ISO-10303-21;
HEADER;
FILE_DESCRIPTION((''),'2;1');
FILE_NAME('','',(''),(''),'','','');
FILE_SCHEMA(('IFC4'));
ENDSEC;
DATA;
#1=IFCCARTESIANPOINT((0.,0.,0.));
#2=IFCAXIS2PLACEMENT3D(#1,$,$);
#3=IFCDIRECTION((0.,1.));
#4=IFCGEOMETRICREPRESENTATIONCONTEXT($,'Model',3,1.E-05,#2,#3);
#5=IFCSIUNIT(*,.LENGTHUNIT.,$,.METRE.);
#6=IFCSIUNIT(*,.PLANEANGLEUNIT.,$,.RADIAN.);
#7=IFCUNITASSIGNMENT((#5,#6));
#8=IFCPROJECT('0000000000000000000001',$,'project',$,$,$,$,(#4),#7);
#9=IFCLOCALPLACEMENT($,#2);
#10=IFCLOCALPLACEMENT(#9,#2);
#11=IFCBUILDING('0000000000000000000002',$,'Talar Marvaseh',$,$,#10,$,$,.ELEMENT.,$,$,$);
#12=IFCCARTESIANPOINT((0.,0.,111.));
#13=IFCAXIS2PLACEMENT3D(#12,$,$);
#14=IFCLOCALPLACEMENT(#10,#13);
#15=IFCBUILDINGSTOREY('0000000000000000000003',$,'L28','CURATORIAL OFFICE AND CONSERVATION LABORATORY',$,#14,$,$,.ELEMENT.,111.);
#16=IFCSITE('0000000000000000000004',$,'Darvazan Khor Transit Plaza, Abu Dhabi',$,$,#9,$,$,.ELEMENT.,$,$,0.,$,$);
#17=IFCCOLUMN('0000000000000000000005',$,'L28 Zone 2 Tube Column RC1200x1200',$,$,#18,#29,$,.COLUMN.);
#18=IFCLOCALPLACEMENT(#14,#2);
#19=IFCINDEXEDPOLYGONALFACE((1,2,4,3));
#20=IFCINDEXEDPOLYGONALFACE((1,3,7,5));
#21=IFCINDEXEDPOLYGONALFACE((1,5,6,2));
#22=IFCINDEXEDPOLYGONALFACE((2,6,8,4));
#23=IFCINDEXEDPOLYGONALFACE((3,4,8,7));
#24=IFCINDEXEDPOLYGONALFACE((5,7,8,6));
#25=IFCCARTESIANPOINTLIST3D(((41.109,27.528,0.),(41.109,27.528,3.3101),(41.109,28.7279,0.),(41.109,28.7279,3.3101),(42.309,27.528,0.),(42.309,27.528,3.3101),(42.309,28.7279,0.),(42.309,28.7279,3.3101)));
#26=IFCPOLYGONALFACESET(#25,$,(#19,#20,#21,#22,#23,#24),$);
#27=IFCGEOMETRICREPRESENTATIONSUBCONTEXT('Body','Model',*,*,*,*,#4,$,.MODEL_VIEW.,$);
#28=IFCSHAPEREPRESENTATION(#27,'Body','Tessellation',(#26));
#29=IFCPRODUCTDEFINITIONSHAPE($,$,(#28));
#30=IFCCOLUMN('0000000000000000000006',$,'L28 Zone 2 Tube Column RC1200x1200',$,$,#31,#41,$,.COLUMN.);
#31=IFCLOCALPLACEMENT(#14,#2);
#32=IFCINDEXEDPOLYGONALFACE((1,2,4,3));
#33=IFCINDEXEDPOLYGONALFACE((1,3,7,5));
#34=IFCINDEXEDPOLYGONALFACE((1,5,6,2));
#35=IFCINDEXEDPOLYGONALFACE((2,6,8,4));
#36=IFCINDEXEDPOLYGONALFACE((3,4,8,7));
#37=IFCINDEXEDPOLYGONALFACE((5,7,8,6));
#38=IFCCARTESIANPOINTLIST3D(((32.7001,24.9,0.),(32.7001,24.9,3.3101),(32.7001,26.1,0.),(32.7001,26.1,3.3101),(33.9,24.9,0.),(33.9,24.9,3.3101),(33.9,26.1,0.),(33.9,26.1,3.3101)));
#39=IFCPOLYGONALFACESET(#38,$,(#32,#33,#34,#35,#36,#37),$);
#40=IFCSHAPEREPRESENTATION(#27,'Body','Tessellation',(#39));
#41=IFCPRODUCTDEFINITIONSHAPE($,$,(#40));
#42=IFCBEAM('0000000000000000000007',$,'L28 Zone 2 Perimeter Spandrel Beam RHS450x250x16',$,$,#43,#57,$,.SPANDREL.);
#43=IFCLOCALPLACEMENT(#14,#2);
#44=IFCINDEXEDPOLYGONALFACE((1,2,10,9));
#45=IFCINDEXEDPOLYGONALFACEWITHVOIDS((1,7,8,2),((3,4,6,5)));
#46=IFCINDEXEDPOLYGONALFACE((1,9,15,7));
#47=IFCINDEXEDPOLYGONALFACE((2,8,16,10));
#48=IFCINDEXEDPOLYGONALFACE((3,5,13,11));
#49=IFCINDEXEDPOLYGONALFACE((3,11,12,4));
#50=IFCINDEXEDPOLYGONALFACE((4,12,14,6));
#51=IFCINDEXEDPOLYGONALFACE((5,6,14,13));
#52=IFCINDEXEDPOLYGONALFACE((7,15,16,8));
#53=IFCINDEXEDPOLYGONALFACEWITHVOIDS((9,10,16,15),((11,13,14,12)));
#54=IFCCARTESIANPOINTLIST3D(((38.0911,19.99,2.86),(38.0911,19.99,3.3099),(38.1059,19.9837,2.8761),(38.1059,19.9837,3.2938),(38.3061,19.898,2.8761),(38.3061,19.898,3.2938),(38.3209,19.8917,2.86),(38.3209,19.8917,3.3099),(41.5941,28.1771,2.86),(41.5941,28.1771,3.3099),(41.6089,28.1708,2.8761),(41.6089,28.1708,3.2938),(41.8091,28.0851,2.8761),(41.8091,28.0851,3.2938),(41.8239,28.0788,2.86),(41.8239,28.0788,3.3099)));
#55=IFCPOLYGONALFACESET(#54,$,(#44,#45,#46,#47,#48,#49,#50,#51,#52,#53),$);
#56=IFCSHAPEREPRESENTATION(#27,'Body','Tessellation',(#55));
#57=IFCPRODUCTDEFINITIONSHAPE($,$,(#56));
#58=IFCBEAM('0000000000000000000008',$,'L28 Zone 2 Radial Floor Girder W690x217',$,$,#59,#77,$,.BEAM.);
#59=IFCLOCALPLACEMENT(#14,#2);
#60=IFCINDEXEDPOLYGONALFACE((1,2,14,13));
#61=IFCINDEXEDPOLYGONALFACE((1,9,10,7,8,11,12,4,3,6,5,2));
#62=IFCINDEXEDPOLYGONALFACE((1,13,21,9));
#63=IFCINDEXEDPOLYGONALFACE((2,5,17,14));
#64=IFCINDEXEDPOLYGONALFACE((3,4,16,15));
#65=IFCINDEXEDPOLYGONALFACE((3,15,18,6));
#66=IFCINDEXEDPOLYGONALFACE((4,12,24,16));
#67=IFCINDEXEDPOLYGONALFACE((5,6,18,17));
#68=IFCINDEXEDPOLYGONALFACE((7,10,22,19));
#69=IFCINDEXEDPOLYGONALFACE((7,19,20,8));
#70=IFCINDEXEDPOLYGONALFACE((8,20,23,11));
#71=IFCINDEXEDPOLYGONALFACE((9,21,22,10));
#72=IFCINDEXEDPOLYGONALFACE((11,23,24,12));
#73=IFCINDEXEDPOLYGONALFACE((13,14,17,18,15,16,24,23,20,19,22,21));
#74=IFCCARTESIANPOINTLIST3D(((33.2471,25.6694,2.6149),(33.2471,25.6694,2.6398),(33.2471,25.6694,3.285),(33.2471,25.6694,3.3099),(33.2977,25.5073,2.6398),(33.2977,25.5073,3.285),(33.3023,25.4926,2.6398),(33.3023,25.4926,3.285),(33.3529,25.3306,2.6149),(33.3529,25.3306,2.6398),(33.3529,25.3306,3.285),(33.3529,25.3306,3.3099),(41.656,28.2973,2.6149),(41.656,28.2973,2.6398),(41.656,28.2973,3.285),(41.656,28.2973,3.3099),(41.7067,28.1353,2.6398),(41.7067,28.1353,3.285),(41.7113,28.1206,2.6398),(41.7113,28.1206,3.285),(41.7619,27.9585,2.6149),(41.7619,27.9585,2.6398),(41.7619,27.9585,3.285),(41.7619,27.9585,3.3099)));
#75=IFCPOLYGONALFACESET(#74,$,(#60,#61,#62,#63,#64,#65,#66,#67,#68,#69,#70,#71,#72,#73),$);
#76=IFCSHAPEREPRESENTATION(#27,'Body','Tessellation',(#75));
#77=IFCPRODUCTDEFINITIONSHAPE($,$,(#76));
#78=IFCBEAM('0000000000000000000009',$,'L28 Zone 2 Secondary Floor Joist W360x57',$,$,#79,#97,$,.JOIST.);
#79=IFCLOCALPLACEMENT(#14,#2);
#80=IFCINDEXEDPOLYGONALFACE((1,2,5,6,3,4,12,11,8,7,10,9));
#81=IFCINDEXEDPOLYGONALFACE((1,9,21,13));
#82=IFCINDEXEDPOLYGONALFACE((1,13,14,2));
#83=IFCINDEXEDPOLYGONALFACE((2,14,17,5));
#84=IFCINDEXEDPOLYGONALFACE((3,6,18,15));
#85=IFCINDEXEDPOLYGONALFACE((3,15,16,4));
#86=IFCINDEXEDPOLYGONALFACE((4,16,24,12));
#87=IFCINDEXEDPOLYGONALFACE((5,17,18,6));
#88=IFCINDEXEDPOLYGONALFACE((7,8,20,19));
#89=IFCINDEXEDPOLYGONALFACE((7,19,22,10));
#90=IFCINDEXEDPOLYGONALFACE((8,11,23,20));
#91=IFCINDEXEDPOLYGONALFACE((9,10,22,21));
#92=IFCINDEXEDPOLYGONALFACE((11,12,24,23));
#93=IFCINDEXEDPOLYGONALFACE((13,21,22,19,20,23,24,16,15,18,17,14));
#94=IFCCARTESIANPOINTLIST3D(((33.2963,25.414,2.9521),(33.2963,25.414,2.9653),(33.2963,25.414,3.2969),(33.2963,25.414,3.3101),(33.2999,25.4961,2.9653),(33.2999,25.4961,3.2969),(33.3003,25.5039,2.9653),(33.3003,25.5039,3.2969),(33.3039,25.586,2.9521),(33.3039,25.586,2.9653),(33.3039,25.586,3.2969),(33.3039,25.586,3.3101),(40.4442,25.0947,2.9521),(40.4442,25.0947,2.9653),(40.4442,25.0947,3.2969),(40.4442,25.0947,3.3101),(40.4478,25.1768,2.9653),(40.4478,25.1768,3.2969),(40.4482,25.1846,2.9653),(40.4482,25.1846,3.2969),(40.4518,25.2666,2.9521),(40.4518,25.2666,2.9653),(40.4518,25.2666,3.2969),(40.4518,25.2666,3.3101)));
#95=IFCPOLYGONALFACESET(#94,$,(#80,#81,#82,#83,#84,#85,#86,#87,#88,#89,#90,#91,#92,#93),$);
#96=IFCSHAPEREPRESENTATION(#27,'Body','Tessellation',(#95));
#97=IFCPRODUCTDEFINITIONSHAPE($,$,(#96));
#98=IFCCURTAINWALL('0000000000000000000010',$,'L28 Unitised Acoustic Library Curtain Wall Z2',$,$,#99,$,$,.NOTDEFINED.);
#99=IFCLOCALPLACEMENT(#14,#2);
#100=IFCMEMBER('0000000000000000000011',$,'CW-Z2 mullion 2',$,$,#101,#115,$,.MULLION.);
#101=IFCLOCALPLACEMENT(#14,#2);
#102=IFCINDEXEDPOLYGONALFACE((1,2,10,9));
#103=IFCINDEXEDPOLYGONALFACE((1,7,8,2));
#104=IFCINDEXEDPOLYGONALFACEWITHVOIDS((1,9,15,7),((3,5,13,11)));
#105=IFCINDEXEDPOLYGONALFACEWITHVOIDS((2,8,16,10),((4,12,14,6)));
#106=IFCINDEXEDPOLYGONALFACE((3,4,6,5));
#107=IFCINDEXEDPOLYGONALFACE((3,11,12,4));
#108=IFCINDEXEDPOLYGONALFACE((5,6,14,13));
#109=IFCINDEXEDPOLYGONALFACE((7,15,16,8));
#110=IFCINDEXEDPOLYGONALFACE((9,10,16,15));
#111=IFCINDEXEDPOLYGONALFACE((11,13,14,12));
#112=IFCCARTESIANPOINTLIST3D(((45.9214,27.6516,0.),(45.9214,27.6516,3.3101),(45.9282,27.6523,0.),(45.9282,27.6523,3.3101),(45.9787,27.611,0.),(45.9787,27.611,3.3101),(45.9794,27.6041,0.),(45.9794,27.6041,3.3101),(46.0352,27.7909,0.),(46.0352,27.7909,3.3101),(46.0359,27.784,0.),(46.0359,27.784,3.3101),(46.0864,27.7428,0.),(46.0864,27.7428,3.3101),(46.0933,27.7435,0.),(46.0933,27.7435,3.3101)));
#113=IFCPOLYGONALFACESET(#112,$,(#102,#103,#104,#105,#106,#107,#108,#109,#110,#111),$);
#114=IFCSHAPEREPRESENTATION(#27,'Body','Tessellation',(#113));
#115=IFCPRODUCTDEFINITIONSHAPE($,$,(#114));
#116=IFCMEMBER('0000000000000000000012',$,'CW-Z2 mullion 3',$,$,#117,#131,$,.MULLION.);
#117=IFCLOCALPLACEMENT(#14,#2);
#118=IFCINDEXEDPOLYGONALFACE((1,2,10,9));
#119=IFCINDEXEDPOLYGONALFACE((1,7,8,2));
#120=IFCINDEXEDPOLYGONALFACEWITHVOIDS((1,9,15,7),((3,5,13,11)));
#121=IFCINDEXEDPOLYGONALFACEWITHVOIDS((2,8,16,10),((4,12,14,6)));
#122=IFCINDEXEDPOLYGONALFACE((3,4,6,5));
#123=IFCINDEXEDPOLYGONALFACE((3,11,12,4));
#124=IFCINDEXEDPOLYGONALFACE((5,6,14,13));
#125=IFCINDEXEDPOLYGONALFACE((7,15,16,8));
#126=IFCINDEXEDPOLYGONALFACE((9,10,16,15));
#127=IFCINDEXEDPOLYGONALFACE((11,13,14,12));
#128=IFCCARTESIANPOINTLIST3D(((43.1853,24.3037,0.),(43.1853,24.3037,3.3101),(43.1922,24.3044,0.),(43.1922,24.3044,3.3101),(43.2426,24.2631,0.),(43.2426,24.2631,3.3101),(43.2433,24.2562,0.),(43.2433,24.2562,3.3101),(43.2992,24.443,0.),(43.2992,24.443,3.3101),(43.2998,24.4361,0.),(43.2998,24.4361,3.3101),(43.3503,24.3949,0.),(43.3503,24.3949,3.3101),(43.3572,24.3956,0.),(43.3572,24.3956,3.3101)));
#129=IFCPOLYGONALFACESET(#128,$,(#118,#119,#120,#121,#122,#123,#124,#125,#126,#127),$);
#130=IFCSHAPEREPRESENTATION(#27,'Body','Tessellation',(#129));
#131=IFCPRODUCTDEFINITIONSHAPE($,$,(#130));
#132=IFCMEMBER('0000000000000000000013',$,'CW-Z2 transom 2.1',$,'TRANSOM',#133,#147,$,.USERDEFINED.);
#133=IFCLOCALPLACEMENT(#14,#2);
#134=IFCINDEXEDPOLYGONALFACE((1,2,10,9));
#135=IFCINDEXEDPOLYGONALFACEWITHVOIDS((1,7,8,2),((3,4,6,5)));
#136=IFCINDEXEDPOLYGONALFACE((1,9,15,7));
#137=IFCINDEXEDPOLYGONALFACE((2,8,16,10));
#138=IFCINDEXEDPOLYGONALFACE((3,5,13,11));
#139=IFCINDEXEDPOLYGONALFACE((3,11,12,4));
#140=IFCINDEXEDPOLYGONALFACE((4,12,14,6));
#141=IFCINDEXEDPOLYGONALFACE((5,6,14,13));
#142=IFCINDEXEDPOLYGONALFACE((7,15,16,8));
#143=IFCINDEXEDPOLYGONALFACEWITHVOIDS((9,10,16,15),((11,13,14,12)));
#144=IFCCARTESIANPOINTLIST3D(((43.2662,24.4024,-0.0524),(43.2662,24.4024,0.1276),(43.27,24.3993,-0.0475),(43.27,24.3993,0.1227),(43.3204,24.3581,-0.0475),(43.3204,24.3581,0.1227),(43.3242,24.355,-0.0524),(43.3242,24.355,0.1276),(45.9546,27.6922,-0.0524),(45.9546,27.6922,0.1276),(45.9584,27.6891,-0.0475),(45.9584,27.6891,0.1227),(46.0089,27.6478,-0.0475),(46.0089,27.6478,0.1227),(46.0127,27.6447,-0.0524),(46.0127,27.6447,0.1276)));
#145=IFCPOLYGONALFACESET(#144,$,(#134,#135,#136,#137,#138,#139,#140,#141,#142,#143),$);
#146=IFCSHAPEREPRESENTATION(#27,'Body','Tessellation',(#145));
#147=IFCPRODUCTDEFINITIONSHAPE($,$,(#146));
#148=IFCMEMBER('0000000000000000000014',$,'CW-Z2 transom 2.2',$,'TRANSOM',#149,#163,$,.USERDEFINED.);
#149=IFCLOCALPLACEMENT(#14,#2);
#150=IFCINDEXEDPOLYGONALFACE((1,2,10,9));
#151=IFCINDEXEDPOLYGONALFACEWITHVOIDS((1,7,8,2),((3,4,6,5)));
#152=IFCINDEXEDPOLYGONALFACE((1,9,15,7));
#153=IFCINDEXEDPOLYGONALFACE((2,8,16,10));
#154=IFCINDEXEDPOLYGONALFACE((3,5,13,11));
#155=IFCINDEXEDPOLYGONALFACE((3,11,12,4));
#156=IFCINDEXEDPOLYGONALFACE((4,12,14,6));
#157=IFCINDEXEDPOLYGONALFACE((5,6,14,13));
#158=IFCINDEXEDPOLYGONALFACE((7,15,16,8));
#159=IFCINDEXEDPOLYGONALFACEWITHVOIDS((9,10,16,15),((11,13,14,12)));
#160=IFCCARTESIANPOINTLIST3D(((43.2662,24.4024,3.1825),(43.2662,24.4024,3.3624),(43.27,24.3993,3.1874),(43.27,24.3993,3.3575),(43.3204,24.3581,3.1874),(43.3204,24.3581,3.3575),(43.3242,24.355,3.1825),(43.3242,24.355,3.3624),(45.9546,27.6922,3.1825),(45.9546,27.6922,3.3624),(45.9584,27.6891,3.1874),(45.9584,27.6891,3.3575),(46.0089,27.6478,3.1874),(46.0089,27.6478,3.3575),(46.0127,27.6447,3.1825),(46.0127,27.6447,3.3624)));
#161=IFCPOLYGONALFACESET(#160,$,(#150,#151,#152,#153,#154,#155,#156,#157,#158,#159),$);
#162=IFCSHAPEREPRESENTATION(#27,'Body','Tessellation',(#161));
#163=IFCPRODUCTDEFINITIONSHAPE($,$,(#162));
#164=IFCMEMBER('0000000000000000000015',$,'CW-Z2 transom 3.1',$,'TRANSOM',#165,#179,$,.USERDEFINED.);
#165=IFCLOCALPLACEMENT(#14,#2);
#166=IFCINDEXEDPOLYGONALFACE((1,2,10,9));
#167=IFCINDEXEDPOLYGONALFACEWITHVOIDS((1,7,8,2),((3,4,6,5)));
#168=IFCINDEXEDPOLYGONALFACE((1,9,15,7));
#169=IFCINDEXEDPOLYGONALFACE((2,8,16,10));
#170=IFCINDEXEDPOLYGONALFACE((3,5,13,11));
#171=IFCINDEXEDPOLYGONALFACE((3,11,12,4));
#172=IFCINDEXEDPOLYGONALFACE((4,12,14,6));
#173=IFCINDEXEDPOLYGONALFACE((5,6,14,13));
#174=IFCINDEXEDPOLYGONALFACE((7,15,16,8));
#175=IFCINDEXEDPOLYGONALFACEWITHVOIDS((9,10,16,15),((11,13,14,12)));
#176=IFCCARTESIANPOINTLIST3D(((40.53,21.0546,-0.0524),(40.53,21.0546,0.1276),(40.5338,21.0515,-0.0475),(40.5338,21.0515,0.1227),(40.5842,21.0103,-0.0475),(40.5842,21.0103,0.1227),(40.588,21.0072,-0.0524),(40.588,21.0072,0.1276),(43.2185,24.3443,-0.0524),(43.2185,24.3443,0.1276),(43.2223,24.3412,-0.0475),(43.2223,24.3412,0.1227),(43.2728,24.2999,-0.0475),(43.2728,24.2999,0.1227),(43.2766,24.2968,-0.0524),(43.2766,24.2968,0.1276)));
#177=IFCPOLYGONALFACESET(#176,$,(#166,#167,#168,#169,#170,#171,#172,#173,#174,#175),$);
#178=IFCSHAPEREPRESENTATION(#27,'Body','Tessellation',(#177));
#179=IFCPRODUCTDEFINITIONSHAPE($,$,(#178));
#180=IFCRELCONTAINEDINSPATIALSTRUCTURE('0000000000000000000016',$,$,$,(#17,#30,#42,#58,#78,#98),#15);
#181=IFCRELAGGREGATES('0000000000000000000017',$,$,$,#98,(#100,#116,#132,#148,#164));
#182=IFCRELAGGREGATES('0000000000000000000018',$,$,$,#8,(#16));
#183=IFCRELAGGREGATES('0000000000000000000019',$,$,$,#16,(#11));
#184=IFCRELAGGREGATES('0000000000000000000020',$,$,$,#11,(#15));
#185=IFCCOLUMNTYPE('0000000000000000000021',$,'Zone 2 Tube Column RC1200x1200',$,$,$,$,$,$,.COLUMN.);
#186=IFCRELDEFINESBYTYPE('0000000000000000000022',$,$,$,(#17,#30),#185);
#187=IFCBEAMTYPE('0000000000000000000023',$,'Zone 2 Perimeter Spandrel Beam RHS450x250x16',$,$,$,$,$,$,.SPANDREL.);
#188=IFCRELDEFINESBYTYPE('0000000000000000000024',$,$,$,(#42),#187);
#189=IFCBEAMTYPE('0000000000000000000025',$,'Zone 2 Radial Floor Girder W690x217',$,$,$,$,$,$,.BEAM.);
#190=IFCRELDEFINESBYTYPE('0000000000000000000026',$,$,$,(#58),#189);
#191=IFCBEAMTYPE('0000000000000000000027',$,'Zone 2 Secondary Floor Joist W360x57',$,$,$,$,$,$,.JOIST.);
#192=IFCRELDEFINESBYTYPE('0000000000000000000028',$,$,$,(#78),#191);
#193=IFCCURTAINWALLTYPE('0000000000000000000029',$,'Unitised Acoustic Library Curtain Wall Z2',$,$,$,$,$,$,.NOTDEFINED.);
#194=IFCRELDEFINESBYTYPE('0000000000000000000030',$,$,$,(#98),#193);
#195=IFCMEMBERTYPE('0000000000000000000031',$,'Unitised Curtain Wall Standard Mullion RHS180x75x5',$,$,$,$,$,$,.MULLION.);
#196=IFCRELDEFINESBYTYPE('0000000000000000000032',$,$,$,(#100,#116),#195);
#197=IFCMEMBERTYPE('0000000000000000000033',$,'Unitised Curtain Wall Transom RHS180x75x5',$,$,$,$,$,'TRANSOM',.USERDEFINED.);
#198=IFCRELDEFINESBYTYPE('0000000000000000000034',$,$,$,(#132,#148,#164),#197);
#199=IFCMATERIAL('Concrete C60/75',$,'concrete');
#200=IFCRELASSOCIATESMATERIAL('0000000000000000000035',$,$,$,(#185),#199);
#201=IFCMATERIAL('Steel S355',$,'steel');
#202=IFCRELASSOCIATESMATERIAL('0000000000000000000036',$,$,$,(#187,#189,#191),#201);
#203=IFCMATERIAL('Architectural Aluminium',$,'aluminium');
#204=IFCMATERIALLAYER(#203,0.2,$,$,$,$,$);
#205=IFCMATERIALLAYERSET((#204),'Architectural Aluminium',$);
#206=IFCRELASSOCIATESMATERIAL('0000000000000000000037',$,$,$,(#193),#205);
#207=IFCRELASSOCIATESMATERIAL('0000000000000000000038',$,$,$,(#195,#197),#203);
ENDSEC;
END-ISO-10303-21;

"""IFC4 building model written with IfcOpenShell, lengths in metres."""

from ifc_helpers import new_model, si_unit, direction, frame, origin, origin_2d, place, context, subcontext, project, spatial, rectangle, hollow_rectangle, i_section, extrude, source, transform, mapped, material, layer, layer_set, material_profile, profile_set, type_object, type_shapes, element, aggregate, save


model = new_model("IFC4")

# Units and contexts
model_context = context("Model", 3, precision=1e-05, world=origin(), true_north=direction((0.0, 1.0)))
body_context = subcontext(model_context, "Body", "Model", "MODEL_VIEW")
ifc_project = project(units=[si_unit("LENGTHUNIT", "METRE"), si_unit("PLANEANGLEUNIT", "RADIAN")], contexts=[model_context])

# Site, building, storey
site_placement = place(None, origin())
site = spatial("IfcSite", under=ifc_project, at=site_placement, Name="Darvazan Khor Transit Plaza, Abu Dhabi", CompositionType="ELEMENT", RefElevation=0.0)
building_placement = place(site_placement, origin())
building = spatial("IfcBuilding", under=site, at=building_placement, Name="Talar Marvaseh", CompositionType="ELEMENT")
storey_placement = place(building_placement, frame((0.0, 0.0, 111.0)))
storey = spatial("IfcBuildingStorey", under=building, at=storey_placement, Name="L28", Description="CURATORIAL OFFICE AND CONSERVATION LABORATORY", CompositionType="ELEMENT", Elevation=111.0)

# Columns
ifc_material_1 = material(Name="Concrete C60/75", Category="concrete")
ifc_material_profile_1 = material_profile(ifc_material_1, rectangle(XDim=1.2, YDim=1.2, at=origin_2d()), Name="RC1200x1200")
ifc_profile_set_1 = profile_set([ifc_material_profile_1], Name="Concrete C60/75")
column_type = type_object("IfcColumnType", Name="Zone 2 Tube Column RC1200x1200", PredefinedType="COLUMN", material=ifc_profile_set_1)
for number, where, z_axis, x_axis, name in (
    (1, (41.709, 28.1279, 0.0), (0.0, 0.0, 1.0), (1.0, 0.0, 0.0), "L28 Zone 2 Tube Column RC1200x1200"),
    (2, (33.3, 25.5, 0.0), (0.0, 0.0, 1.0), (1.0, 0.0, 0.0), "L28 Zone 2 Tube Column RC1200x1200"),
):
    element("IfcColumn", number, at=place(storey_placement, frame(where, z_axis=z_axis, x_axis=x_axis)), inside=storey, type_object=column_type, Name=name, PredefinedType="COLUMN", context=body_context, shape_type="SweptSolid", body=[
        extrude(rectangle(XDim=1.2, YDim=1.2, at=origin_2d()), origin(), (0.0, 0.0, 1.0), 3.3101),
    ])

# Beams
ifc_material_2 = material(Name="Steel S355", Category="steel")
ifc_material_profile_2 = material_profile(ifc_material_2, hollow_rectangle(XDim=0.25, YDim=0.45, WallThickness=0.0161, at=origin_2d()), Name="RHS450x250x16")
ifc_profile_set_2 = profile_set([ifc_material_profile_2], Name="Steel S355")
beam_type_1 = type_object("IfcBeamType", Name="Zone 2 Perimeter Spandrel Beam RHS450x250x16", PredefinedType="SPANDREL", material=ifc_profile_set_2)
beam_1_placement = place(storey_placement, frame((41.709, 28.1279, 3.085), z_axis=(-0.39337, -0.91938, 0.0), x_axis=(0.91938, -0.39337, 0.0)))
element("IfcBeam", 3, at=beam_1_placement, inside=storey, type_object=beam_type_1, Name="L28 Zone 2 Perimeter Spandrel Beam RHS450x250x16", PredefinedType="SPANDREL", context=body_context, shape_type="SweptSolid", body=[
    extrude(hollow_rectangle(XDim=0.25, YDim=0.45, WallThickness=0.0161, at=origin_2d()), origin(), (0.0, 0.0, 1.0), 8.905),
])
ifc_material_profile_3 = material_profile(ifc_material_2, i_section(OverallWidth=0.355, OverallDepth=0.6951, WebThickness=0.0154, FlangeThickness=0.0249, at=origin_2d()), Name="W690x217")
ifc_profile_set_3 = profile_set([ifc_material_profile_3], Name="Steel S355")
beam_type_2 = type_object("IfcBeamType", Name="Zone 2 Radial Floor Girder W690x217", PredefinedType="BEAM", material=ifc_profile_set_3)
beam_2_placement = place(storey_placement, frame((41.709, 28.1279, 2.9624), z_axis=(-0.954476, -0.298289, 0.0), x_axis=(0.298289, -0.954476, 0.0)))
element("IfcBeam", 4, at=beam_2_placement, inside=storey, type_object=beam_type_2, Name="L28 Zone 2 Radial Floor Girder W690x217", PredefinedType="BEAM", context=body_context, shape_type="SweptSolid", body=[
    extrude(i_section(OverallWidth=0.355, OverallDepth=0.6951, WebThickness=0.0154, FlangeThickness=0.0249, at=origin_2d()), origin(), (0.0, 0.0, 1.0), 8.8101),
])
ifc_material_profile_4 = material_profile(ifc_material_2, i_section(OverallWidth=0.1721, OverallDepth=0.3579, WebThickness=0.0078, FlangeThickness=0.0132, at=origin_2d()), Name="W360x57")
ifc_profile_set_4 = profile_set([ifc_material_profile_4], Name="Steel S355")
beam_type_3 = type_object("IfcBeamType", Name="Zone 2 Secondary Floor Joist W360x57", PredefinedType="JOIST", material=ifc_profile_set_4)
beam_3_placement = place(storey_placement, frame((40.448, 25.1807, 3.1311), z_axis=(-0.999004, 0.044631, 0.0), x_axis=(-0.044631, -0.999004, 0.0)))
element("IfcBeam", 5, at=beam_3_placement, inside=storey, type_object=beam_type_3, Name="L28 Zone 2 Secondary Floor Joist W360x57", PredefinedType="JOIST", context=body_context, shape_type="SweptSolid", body=[
    extrude(i_section(OverallWidth=0.1721, OverallDepth=0.3579, WebThickness=0.0078, FlangeThickness=0.0132, at=origin_2d()), origin(), (0.0, 0.0, 1.0), 7.155),
])

# Curtain wall, members
ifc_material_3 = material(Name="Architectural Aluminium", Category="aluminium")
ifc_layer_1 = layer(ifc_material_3, 0.2)
ifc_layer_set_1 = layer_set([ifc_layer_1], Name="Architectural Aluminium")
curtain_wall_type = type_object("IfcCurtainWallType", Name="Unitised Acoustic Library Curtain Wall Z2", PredefinedType="NOTDEFINED", material=ifc_layer_set_1)
curtain_wall_placement = place(storey_placement, origin())
curtain_wall = element("IfcCurtainWall", 6, at=curtain_wall_placement, inside=storey, type_object=curtain_wall_type, Name="L28 Unitised Acoustic Library Curtain Wall Z2", PredefinedType="NOTDEFINED")
ifc_material_profile_5 = material_profile(ifc_material_3, hollow_rectangle(XDim=0.075, YDim=0.1799, WallThickness=0.0049, at=origin_2d()), Name="RHS180x75x5")
ifc_profile_set_5 = profile_set([ifc_material_profile_5], Name="Architectural Aluminium")
member_type_1 = type_object("IfcMemberType", Name="Unitised Curtain Wall Standard Mullion RHS180x75x5", PredefinedType="MULLION", material=ifc_profile_set_5)
shared_shape_1 = source(origin(), body_context, "Body", "SweptSolid", [
    extrude(hollow_rectangle(XDim=0.075, YDim=0.1799, WallThickness=0.0049, at=origin_2d()), origin(), (0.0, 0.0, 1.0), 3.3101),
])
type_shapes(member_type_1, [shared_shape_1])
member_1_placement = place(storey_placement, frame((46.0073, 27.6975, 0.0), z_axis=(0.0, 0.0, 1.0), x_axis=(0.774296, -0.632824, 0.0)))
member_1 = element("IfcMember", 7, at=member_1_placement, type_object=member_type_1, Name="CW-Z2 mullion 2", PredefinedType="MULLION", context=body_context, shape_type="MappedRepresentation", body=[
    mapped(shared_shape_1, transform((0.0, 0.0, 0.0), x_axis=(1.0, 0.0, 0.0), y_axis=(0.0, 1.0, 0.0), z_axis=(0.0, 0.0, 1.0), scale=1.0)),
])
member_2_placement = place(storey_placement, frame((43.2712, 24.3496, 0.0), z_axis=(0.0, 0.0, 1.0), x_axis=(0.774296, -0.632824, 0.0)))
member_2 = element("IfcMember", 8, at=member_2_placement, type_object=member_type_1, Name="CW-Z2 mullion 3", PredefinedType="MULLION", context=body_context, shape_type="MappedRepresentation", body=[
    mapped(shared_shape_1, transform((0.0, 0.0, 0.0), x_axis=(1.0, 0.0, 0.0), y_axis=(0.0, 1.0, 0.0), z_axis=(0.0, 0.0, 1.0), scale=1.0)),
])
ifc_material_profile_6 = material_profile(ifc_material_3, hollow_rectangle(XDim=0.075, YDim=0.1799, WallThickness=0.0049, at=origin_2d()), Name="RHS180x75x5")
ifc_profile_set_6 = profile_set([ifc_material_profile_6], Name="Architectural Aluminium")
member_type_2 = type_object("IfcMemberType", Name="Unitised Curtain Wall Transom RHS180x75x5", ElementType="TRANSOM", PredefinedType="USERDEFINED", material=ifc_profile_set_6)
shared_shape_2 = source(origin(), body_context, "Body", "SweptSolid", [
    extrude(hollow_rectangle(XDim=0.075, YDim=0.1799, WallThickness=0.0049, at=origin_2d()), origin(), (0.0, 0.0, 1.0), 4.2485),
])
type_shapes(member_type_2, [shared_shape_2])
member_3_placement = place(storey_placement, frame((45.9836, 27.6685, 0.0376), z_axis=(-0.63279, -0.774323, 0.0), x_axis=(0.774323, -0.63279, 0.0)))
member_3 = element("IfcMember", 9, at=member_3_placement, type_object=member_type_2, Name="CW-Z2 transom 2.1", ObjectType="TRANSOM", PredefinedType="USERDEFINED", context=body_context, shape_type="MappedRepresentation", body=[
    mapped(shared_shape_2, transform((0.0, 0.0, 0.0), x_axis=(1.0, 0.0, 0.0), y_axis=(0.0, 1.0, 0.0), z_axis=(0.0, 0.0, 1.0), scale=1.0)),
])
member_4_placement = place(storey_placement, frame((45.9836, 27.6685, 3.2725), z_axis=(-0.63279, -0.774323, 0.0), x_axis=(0.774323, -0.63279, 0.0)))
member_4 = element("IfcMember", 10, at=member_4_placement, type_object=member_type_2, Name="CW-Z2 transom 2.2", ObjectType="TRANSOM", PredefinedType="USERDEFINED", context=body_context, shape_type="MappedRepresentation", body=[
    mapped(shared_shape_2, transform((0.0, 0.0, 0.0), x_axis=(1.0, 0.0, 0.0), y_axis=(0.0, 1.0, 0.0), z_axis=(0.0, 0.0, 1.0), scale=1.0)),
])
member_5_placement = place(storey_placement, frame((43.2476, 24.3206, 0.0376), z_axis=(-0.632818, -0.7743, 0.0), x_axis=(0.7743, -0.632818, 0.0)))
member_5 = element("IfcMember", 11, at=member_5_placement, type_object=member_type_2, Name="CW-Z2 transom 3.1", ObjectType="TRANSOM", PredefinedType="USERDEFINED", context=body_context, shape_type="MappedRepresentation", body=[
    mapped(shared_shape_2, transform((0.0, 0.0, 0.0), x_axis=(1.0, 0.0, 0.0), y_axis=(0.0, 1.0, 0.0), z_axis=(0.0, 0.0, 1.0), scale=1.0)),
])
aggregate(curtain_wall, [member_1, member_2, member_3, member_4, member_5])

save(model, "model.ifc")
